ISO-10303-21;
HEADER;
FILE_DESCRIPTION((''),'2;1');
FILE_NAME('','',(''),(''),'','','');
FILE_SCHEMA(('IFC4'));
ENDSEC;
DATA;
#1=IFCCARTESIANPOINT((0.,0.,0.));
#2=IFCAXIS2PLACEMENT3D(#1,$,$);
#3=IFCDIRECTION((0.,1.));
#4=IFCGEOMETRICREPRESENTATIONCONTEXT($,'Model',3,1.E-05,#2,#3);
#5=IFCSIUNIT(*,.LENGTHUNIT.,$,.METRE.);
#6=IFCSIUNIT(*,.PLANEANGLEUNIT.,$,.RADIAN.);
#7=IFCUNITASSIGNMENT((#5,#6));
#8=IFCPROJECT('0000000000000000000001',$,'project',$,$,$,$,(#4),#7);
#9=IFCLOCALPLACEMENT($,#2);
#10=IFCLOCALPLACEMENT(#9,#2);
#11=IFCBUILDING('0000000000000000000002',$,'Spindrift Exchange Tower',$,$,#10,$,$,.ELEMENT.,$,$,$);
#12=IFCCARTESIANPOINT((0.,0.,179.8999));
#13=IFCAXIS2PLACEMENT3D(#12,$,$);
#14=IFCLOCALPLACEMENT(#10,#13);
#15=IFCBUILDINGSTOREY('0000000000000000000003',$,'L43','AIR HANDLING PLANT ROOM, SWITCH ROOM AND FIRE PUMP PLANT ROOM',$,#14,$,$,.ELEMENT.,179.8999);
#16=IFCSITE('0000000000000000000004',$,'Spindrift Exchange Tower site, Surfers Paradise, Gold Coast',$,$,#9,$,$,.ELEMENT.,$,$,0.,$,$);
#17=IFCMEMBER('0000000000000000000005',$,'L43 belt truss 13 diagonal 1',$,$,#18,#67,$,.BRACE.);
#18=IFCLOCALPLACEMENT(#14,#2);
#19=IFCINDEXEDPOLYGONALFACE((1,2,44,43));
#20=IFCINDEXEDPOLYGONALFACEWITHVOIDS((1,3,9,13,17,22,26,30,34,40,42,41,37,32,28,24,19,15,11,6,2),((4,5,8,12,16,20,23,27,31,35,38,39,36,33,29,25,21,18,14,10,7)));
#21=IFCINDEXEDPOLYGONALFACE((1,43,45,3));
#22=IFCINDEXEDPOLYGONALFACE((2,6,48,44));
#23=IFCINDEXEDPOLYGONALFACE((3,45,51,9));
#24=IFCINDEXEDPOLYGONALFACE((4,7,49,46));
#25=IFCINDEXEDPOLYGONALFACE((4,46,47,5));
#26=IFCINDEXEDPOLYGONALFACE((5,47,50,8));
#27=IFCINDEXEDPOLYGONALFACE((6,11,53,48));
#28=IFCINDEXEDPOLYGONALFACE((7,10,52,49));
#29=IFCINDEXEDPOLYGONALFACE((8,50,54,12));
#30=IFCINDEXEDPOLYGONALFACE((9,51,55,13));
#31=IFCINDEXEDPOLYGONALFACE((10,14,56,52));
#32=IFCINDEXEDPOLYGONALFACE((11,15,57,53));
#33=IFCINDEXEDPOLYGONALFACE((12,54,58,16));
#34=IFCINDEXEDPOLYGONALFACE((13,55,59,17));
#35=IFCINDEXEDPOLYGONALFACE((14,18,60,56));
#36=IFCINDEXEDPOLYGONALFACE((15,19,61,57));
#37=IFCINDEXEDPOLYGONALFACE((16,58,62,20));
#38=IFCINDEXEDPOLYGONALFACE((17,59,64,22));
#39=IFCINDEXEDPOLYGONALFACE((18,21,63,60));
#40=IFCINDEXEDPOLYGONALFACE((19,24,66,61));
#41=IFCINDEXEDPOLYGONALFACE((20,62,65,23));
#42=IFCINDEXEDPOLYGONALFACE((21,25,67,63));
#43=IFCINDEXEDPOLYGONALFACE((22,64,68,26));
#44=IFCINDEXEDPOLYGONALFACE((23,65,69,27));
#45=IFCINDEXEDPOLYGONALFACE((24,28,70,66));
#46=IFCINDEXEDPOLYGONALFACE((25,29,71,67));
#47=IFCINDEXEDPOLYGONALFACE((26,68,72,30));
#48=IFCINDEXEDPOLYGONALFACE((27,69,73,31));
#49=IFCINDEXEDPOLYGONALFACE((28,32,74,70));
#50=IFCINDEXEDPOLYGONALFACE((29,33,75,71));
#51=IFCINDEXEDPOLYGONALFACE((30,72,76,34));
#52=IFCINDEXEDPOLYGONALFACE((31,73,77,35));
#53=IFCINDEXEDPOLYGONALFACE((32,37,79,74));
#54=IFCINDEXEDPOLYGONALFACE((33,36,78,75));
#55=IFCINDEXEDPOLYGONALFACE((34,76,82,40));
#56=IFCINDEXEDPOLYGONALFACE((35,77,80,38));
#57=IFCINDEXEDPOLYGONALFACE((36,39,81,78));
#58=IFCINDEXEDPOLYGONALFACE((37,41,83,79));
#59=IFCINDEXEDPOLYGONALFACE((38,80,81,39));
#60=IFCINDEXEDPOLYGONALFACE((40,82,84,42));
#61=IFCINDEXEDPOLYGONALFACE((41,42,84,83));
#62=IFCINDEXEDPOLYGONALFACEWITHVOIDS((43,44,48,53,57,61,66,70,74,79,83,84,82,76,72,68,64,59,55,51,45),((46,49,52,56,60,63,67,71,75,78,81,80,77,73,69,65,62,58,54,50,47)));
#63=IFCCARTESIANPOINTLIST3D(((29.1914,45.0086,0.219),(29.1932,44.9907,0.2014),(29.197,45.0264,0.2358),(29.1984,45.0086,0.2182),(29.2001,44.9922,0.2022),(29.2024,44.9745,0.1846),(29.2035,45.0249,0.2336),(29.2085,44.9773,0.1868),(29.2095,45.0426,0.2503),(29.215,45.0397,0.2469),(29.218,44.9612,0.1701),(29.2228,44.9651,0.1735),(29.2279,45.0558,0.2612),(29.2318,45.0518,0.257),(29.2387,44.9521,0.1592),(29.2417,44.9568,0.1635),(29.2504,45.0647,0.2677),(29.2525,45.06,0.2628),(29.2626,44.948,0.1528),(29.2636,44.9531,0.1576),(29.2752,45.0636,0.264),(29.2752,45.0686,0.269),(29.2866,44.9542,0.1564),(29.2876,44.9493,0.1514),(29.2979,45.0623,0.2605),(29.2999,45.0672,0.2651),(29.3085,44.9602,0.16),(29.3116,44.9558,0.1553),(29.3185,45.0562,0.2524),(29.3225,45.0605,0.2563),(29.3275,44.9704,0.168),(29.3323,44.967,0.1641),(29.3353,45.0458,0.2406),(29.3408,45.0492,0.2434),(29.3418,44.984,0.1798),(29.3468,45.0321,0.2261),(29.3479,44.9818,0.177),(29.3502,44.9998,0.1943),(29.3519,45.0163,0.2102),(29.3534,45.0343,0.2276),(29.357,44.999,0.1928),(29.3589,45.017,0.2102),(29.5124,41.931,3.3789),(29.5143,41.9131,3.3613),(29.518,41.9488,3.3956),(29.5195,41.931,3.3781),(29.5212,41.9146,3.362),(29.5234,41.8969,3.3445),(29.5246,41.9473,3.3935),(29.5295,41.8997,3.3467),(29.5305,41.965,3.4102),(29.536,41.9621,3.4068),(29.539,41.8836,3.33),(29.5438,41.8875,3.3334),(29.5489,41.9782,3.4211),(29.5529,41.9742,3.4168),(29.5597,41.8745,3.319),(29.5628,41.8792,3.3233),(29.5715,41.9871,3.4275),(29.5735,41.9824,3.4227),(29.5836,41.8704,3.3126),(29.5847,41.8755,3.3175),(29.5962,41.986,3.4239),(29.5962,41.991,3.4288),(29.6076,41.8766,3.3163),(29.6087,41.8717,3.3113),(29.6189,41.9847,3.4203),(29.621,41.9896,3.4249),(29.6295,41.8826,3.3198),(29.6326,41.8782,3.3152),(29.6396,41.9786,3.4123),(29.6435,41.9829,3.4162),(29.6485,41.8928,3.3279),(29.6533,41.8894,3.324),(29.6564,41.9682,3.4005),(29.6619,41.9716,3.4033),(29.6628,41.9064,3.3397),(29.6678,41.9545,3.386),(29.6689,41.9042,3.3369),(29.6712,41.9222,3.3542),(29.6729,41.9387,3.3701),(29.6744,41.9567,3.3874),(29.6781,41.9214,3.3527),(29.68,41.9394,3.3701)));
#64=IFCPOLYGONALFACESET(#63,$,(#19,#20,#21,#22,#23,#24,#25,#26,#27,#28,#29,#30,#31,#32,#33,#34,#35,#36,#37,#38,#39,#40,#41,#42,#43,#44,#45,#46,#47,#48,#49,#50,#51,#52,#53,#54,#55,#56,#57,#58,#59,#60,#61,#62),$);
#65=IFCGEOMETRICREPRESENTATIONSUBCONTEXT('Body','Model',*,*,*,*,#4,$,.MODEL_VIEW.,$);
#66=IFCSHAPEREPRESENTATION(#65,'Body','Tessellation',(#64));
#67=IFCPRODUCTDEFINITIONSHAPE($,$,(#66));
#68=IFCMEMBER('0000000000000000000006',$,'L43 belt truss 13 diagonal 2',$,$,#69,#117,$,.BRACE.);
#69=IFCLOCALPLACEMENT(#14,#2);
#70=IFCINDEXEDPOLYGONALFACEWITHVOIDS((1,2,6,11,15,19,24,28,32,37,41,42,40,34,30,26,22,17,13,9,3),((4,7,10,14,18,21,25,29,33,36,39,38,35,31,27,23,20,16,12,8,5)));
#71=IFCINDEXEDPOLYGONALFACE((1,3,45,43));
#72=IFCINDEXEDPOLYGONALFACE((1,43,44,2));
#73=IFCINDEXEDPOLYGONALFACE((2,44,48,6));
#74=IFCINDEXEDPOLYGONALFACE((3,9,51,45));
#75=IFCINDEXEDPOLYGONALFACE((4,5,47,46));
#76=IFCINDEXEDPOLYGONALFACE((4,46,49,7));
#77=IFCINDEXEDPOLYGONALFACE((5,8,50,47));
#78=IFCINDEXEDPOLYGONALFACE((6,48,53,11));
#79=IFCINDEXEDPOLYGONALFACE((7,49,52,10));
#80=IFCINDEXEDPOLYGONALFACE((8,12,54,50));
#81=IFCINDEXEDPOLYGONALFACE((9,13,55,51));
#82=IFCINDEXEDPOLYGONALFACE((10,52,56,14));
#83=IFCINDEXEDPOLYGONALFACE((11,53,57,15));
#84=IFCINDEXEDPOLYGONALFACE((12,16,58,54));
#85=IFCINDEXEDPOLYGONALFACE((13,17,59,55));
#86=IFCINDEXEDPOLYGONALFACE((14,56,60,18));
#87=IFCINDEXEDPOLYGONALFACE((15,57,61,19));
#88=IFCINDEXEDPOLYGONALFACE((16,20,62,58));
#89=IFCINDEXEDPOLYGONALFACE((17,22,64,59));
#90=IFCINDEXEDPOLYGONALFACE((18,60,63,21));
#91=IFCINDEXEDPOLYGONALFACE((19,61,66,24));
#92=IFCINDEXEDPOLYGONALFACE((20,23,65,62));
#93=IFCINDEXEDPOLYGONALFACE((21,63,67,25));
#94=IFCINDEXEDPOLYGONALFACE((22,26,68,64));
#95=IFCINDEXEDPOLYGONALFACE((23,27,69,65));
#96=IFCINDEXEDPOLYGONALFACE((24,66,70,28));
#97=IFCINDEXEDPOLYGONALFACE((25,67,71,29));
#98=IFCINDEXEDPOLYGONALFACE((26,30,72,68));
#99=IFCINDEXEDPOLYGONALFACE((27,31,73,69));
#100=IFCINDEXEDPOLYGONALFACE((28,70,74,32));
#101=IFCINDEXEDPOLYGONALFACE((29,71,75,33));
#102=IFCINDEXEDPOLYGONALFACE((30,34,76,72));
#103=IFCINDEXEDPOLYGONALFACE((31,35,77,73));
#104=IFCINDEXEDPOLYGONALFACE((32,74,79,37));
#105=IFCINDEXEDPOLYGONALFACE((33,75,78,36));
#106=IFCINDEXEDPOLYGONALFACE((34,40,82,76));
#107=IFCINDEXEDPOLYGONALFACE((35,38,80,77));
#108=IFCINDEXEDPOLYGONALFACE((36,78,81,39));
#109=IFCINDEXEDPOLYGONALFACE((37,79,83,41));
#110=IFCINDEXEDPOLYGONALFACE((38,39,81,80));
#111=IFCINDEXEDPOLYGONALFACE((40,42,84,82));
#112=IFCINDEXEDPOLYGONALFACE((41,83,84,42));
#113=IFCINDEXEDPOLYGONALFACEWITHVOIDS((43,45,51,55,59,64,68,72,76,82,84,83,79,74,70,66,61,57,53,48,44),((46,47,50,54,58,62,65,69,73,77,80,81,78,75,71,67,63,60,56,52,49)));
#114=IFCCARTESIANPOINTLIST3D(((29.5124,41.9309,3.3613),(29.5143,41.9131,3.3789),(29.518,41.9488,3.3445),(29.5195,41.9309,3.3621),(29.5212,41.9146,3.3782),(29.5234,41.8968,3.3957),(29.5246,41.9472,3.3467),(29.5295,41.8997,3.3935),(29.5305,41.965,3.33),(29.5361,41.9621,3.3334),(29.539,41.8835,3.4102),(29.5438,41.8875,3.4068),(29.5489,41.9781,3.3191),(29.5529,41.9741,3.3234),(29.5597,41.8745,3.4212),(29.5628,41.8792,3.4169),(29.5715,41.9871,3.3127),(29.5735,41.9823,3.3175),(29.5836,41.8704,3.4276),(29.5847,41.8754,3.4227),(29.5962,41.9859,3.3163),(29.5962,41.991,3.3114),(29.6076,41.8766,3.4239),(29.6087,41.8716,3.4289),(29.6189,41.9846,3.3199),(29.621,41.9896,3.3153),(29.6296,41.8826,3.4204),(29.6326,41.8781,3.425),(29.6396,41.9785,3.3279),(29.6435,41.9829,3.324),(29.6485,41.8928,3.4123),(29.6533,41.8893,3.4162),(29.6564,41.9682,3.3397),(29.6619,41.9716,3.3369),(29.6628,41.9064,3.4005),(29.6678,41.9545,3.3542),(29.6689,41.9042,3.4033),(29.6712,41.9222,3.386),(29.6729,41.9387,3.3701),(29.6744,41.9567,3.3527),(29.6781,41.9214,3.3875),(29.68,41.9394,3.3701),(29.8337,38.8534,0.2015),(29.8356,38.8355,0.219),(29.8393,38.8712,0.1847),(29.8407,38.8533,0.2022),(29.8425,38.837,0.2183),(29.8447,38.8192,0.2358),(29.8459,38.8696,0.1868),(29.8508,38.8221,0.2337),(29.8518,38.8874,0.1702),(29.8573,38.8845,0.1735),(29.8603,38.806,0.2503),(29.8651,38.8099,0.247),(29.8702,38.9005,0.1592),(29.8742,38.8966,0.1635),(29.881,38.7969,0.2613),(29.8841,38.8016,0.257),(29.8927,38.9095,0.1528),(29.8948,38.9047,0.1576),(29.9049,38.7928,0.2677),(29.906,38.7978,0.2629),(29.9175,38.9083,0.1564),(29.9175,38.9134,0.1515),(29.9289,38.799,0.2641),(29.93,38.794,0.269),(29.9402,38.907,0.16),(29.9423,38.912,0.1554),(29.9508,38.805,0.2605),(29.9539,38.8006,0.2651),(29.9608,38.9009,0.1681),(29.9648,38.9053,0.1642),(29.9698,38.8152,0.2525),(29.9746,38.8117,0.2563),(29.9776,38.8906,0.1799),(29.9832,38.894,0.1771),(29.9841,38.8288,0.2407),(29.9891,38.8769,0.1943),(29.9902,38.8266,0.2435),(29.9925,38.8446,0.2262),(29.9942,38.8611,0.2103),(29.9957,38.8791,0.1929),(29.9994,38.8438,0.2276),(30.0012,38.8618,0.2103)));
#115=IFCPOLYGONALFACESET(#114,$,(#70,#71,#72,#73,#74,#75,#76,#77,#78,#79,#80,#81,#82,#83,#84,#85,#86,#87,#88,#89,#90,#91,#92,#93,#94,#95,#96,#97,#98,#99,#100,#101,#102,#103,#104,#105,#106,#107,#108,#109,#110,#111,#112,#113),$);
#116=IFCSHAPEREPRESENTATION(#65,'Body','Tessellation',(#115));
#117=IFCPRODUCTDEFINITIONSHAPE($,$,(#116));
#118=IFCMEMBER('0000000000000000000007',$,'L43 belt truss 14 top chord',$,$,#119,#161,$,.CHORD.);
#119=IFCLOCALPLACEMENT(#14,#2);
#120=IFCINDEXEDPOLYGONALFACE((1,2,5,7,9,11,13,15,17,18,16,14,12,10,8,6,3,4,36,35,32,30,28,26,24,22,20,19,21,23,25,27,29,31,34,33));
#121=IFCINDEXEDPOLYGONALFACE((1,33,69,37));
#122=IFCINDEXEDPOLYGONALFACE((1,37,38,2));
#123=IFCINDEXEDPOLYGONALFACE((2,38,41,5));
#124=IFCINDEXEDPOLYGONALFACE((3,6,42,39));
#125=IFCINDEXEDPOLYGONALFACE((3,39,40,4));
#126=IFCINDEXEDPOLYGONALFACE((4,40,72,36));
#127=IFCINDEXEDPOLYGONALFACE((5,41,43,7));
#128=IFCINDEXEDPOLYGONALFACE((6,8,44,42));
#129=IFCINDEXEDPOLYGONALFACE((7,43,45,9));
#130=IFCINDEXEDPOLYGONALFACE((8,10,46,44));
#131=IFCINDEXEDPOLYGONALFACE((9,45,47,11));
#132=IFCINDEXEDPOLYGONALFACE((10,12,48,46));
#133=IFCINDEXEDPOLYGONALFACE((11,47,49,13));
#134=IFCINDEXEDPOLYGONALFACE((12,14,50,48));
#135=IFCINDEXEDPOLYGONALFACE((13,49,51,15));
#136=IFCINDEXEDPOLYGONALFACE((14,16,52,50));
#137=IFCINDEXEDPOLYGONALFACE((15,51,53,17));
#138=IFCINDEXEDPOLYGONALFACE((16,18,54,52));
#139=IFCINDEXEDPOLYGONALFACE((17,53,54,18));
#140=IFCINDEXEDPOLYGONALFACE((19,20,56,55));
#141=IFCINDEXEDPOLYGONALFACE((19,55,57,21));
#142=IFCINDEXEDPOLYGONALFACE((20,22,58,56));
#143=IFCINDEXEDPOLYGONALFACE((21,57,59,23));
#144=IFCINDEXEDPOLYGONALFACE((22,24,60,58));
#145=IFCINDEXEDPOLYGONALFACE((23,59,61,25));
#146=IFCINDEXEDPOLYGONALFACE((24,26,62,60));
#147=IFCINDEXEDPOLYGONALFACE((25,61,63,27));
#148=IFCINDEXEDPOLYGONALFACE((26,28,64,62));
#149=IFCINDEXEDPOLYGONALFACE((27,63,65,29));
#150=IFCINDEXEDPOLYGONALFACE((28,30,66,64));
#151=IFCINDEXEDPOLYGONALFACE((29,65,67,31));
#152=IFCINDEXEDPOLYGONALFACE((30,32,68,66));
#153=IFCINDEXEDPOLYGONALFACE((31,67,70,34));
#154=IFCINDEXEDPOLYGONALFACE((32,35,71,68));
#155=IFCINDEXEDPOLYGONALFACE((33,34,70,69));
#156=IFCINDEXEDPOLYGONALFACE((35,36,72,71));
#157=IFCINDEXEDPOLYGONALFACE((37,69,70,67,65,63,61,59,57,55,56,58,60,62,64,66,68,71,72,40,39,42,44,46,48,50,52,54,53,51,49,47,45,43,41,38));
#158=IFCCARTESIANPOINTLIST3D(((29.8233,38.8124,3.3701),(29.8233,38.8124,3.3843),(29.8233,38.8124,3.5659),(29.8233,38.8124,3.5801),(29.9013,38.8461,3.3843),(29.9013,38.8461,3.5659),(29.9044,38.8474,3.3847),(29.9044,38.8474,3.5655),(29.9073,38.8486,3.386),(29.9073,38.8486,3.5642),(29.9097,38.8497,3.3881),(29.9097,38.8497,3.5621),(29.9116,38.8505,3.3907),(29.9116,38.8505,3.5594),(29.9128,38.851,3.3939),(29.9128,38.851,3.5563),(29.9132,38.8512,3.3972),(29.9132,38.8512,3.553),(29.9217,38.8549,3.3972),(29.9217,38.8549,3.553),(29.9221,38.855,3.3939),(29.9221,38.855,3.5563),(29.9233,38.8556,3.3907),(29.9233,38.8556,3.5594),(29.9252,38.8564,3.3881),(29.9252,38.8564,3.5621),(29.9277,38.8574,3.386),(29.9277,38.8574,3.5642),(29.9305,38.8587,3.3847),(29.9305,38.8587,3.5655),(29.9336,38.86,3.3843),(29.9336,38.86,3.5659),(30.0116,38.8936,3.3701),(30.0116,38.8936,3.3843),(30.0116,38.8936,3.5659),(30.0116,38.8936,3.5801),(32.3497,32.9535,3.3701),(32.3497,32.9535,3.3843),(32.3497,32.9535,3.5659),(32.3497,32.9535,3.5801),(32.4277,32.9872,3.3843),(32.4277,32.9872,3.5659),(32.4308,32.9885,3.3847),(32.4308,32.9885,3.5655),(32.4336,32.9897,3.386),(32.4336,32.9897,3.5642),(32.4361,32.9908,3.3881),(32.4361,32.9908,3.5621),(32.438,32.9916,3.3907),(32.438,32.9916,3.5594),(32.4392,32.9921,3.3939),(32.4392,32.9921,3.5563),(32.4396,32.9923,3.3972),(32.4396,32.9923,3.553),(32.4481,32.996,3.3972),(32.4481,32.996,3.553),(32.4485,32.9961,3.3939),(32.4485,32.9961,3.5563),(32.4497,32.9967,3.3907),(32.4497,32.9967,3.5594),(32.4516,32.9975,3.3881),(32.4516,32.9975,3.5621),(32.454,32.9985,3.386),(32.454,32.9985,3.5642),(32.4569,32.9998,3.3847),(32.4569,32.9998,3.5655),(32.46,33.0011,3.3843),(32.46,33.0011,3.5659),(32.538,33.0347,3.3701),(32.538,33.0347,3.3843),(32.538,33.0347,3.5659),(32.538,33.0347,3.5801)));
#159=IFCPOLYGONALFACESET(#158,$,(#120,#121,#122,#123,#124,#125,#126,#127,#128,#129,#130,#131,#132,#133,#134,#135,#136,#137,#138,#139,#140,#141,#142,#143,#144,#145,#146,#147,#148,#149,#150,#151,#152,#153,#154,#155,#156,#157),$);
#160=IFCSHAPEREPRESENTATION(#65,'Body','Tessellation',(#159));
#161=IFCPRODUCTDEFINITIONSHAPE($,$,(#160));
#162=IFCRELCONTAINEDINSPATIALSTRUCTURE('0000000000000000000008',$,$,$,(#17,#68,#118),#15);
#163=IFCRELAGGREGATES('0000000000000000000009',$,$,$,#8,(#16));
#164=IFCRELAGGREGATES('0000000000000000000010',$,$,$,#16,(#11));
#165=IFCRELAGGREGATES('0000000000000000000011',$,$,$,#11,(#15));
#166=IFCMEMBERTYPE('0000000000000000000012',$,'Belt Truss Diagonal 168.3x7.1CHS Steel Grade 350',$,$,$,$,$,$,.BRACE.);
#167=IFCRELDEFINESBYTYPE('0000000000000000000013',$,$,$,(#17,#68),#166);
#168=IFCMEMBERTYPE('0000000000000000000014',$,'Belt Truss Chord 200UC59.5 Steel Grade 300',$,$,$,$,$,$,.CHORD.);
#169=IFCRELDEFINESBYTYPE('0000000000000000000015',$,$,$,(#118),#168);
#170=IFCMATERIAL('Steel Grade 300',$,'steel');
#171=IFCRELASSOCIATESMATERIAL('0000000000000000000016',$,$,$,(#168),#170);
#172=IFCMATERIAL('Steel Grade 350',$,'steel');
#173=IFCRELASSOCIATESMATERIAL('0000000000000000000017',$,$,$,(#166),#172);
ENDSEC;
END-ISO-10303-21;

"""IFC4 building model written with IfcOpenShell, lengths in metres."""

from ifc_helpers import new_model, si_unit, direction, frame, origin, origin_2d, place, context, subcontext, project, spatial, hollow_circle, i_section, extrude, source, transform, mapped, material, material_profile, profile_set, type_object, element, save


model = new_model("IFC4")

# Units and contexts
model_context = context("Model", 3, precision=1e-05, world=origin(), true_north=direction((0.0, 1.0)))
body_context = subcontext(model_context, "Body", "Model", "MODEL_VIEW")
ifc_project = project(units=[si_unit("LENGTHUNIT", "METRE"), si_unit("PLANEANGLEUNIT", "RADIAN")], contexts=[model_context])

# Site, building, storey
site_placement = place(None, origin())
site = spatial("IfcSite", under=ifc_project, at=site_placement, Name="Spindrift Exchange Tower site, Surfers Paradise, Gold Coast", CompositionType="ELEMENT", RefElevation=0.0)
building_placement = place(site_placement, origin())
building = spatial("IfcBuilding", under=site, at=building_placement, Name="Spindrift Exchange Tower", CompositionType="ELEMENT")
storey_placement = place(building_placement, frame((0.0, 0.0, 179.8999)))
storey = spatial("IfcBuildingStorey", under=building, at=storey_placement, Name="L43", Description="AIR HANDLING PLANT ROOM, SWITCH ROOM AND FIRE PUMP PLANT ROOM", CompositionType="ELEMENT", Elevation=179.8999)

# Shared definitions
ifc_material_1 = material(Name="Steel Grade 300", Category="steel")

# Members
ifc_material_profile_1 = material_profile(ifc_material_1, i_section(OverallWidth=0.2051, OverallDepth=0.21, WebThickness=0.0093, FlangeThickness=0.0142, FilletRadius=0.0129, at=origin_2d()), Name="200UC59.5")
ifc_profile_set_1 = profile_set([ifc_material_profile_1], Name="Steel Grade 300")
member_type_1 = type_object("IfcMemberType", Name="Belt Truss Chord 200UC59.5 Steel Grade 300", PredefinedType="CHORD", material=ifc_profile_set_1)
ifc_material_2 = material(Name="Steel Grade 350", Category="steel")
ifc_material_profile_2 = material_profile(ifc_material_2, hollow_circle(Radius=0.0842, WallThickness=0.0071, at=origin_2d()), Name="168.3x7.1CHS")
ifc_profile_set_2 = profile_set([ifc_material_profile_2], Name="Steel Grade 350")
member_type_2 = type_object("IfcMemberType", Name="Belt Truss Diagonal 168.3x7.1CHS Steel Grade 350", PredefinedType="BRACE", material=ifc_profile_set_2)
shared_shape_1 = source(origin(), body_context, "Body", "SweptSolid", [
    extrude(hollow_circle(Radius=0.0842, WallThickness=0.0071, at=origin_2d()), origin(), (0.0, 0.0, 1.0), 4.4226),
])
for number, where, z_axis, x_axis, name in (
    (1, (29.2751, 45.0083, 0.2102), (0.072591, -0.695878, 0.714482), (0.994603, 0.103752, 0.0), "L43 belt truss 13 diagonal 1"),
    (2, (29.5962, 41.9307, 3.3701), (0.072646, -0.695876, -0.714479), (0.994595, 0.10383, 0.0), "L43 belt truss 13 diagonal 2"),
):
    element("IfcMember", number, at=place(storey_placement, frame(where, z_axis=z_axis, x_axis=x_axis)), inside=storey, type_object=member_type_2, Name=name, PredefinedType="BRACE", context=body_context, shape_type="MappedRepresentation", body=[
        mapped(shared_shape_1, transform((0.0, 0.0, 0.0), scale=1.0)),
    ])
shared_shape_2 = source(origin(), body_context, "Body", "SweptSolid", [
    extrude(i_section(OverallWidth=0.2051, OverallDepth=0.21, WebThickness=0.0093, FlangeThickness=0.0142, FilletRadius=0.0129, at=origin_2d()), origin(), (0.0, 0.0, 1.0), 6.3804),
])
for number, where, z_axis, x_axis, name in (
    (3, (29.9175, 38.853, 3.4751), (0.39596, -0.918268, 0.0), (0.918268, 0.39596, 0.0), "L43 belt truss 14 top chord"),
):
    element("IfcMember", number, at=place(storey_placement, frame(where, z_axis=z_axis, x_axis=x_axis)), inside=storey, type_object=member_type_1, Name=name, PredefinedType="CHORD", context=body_context, shape_type="MappedRepresentation", body=[
        mapped(shared_shape_2, transform((0.0, 0.0, 0.0), scale=1.0)),
    ])

save(model, "model.ifc")
